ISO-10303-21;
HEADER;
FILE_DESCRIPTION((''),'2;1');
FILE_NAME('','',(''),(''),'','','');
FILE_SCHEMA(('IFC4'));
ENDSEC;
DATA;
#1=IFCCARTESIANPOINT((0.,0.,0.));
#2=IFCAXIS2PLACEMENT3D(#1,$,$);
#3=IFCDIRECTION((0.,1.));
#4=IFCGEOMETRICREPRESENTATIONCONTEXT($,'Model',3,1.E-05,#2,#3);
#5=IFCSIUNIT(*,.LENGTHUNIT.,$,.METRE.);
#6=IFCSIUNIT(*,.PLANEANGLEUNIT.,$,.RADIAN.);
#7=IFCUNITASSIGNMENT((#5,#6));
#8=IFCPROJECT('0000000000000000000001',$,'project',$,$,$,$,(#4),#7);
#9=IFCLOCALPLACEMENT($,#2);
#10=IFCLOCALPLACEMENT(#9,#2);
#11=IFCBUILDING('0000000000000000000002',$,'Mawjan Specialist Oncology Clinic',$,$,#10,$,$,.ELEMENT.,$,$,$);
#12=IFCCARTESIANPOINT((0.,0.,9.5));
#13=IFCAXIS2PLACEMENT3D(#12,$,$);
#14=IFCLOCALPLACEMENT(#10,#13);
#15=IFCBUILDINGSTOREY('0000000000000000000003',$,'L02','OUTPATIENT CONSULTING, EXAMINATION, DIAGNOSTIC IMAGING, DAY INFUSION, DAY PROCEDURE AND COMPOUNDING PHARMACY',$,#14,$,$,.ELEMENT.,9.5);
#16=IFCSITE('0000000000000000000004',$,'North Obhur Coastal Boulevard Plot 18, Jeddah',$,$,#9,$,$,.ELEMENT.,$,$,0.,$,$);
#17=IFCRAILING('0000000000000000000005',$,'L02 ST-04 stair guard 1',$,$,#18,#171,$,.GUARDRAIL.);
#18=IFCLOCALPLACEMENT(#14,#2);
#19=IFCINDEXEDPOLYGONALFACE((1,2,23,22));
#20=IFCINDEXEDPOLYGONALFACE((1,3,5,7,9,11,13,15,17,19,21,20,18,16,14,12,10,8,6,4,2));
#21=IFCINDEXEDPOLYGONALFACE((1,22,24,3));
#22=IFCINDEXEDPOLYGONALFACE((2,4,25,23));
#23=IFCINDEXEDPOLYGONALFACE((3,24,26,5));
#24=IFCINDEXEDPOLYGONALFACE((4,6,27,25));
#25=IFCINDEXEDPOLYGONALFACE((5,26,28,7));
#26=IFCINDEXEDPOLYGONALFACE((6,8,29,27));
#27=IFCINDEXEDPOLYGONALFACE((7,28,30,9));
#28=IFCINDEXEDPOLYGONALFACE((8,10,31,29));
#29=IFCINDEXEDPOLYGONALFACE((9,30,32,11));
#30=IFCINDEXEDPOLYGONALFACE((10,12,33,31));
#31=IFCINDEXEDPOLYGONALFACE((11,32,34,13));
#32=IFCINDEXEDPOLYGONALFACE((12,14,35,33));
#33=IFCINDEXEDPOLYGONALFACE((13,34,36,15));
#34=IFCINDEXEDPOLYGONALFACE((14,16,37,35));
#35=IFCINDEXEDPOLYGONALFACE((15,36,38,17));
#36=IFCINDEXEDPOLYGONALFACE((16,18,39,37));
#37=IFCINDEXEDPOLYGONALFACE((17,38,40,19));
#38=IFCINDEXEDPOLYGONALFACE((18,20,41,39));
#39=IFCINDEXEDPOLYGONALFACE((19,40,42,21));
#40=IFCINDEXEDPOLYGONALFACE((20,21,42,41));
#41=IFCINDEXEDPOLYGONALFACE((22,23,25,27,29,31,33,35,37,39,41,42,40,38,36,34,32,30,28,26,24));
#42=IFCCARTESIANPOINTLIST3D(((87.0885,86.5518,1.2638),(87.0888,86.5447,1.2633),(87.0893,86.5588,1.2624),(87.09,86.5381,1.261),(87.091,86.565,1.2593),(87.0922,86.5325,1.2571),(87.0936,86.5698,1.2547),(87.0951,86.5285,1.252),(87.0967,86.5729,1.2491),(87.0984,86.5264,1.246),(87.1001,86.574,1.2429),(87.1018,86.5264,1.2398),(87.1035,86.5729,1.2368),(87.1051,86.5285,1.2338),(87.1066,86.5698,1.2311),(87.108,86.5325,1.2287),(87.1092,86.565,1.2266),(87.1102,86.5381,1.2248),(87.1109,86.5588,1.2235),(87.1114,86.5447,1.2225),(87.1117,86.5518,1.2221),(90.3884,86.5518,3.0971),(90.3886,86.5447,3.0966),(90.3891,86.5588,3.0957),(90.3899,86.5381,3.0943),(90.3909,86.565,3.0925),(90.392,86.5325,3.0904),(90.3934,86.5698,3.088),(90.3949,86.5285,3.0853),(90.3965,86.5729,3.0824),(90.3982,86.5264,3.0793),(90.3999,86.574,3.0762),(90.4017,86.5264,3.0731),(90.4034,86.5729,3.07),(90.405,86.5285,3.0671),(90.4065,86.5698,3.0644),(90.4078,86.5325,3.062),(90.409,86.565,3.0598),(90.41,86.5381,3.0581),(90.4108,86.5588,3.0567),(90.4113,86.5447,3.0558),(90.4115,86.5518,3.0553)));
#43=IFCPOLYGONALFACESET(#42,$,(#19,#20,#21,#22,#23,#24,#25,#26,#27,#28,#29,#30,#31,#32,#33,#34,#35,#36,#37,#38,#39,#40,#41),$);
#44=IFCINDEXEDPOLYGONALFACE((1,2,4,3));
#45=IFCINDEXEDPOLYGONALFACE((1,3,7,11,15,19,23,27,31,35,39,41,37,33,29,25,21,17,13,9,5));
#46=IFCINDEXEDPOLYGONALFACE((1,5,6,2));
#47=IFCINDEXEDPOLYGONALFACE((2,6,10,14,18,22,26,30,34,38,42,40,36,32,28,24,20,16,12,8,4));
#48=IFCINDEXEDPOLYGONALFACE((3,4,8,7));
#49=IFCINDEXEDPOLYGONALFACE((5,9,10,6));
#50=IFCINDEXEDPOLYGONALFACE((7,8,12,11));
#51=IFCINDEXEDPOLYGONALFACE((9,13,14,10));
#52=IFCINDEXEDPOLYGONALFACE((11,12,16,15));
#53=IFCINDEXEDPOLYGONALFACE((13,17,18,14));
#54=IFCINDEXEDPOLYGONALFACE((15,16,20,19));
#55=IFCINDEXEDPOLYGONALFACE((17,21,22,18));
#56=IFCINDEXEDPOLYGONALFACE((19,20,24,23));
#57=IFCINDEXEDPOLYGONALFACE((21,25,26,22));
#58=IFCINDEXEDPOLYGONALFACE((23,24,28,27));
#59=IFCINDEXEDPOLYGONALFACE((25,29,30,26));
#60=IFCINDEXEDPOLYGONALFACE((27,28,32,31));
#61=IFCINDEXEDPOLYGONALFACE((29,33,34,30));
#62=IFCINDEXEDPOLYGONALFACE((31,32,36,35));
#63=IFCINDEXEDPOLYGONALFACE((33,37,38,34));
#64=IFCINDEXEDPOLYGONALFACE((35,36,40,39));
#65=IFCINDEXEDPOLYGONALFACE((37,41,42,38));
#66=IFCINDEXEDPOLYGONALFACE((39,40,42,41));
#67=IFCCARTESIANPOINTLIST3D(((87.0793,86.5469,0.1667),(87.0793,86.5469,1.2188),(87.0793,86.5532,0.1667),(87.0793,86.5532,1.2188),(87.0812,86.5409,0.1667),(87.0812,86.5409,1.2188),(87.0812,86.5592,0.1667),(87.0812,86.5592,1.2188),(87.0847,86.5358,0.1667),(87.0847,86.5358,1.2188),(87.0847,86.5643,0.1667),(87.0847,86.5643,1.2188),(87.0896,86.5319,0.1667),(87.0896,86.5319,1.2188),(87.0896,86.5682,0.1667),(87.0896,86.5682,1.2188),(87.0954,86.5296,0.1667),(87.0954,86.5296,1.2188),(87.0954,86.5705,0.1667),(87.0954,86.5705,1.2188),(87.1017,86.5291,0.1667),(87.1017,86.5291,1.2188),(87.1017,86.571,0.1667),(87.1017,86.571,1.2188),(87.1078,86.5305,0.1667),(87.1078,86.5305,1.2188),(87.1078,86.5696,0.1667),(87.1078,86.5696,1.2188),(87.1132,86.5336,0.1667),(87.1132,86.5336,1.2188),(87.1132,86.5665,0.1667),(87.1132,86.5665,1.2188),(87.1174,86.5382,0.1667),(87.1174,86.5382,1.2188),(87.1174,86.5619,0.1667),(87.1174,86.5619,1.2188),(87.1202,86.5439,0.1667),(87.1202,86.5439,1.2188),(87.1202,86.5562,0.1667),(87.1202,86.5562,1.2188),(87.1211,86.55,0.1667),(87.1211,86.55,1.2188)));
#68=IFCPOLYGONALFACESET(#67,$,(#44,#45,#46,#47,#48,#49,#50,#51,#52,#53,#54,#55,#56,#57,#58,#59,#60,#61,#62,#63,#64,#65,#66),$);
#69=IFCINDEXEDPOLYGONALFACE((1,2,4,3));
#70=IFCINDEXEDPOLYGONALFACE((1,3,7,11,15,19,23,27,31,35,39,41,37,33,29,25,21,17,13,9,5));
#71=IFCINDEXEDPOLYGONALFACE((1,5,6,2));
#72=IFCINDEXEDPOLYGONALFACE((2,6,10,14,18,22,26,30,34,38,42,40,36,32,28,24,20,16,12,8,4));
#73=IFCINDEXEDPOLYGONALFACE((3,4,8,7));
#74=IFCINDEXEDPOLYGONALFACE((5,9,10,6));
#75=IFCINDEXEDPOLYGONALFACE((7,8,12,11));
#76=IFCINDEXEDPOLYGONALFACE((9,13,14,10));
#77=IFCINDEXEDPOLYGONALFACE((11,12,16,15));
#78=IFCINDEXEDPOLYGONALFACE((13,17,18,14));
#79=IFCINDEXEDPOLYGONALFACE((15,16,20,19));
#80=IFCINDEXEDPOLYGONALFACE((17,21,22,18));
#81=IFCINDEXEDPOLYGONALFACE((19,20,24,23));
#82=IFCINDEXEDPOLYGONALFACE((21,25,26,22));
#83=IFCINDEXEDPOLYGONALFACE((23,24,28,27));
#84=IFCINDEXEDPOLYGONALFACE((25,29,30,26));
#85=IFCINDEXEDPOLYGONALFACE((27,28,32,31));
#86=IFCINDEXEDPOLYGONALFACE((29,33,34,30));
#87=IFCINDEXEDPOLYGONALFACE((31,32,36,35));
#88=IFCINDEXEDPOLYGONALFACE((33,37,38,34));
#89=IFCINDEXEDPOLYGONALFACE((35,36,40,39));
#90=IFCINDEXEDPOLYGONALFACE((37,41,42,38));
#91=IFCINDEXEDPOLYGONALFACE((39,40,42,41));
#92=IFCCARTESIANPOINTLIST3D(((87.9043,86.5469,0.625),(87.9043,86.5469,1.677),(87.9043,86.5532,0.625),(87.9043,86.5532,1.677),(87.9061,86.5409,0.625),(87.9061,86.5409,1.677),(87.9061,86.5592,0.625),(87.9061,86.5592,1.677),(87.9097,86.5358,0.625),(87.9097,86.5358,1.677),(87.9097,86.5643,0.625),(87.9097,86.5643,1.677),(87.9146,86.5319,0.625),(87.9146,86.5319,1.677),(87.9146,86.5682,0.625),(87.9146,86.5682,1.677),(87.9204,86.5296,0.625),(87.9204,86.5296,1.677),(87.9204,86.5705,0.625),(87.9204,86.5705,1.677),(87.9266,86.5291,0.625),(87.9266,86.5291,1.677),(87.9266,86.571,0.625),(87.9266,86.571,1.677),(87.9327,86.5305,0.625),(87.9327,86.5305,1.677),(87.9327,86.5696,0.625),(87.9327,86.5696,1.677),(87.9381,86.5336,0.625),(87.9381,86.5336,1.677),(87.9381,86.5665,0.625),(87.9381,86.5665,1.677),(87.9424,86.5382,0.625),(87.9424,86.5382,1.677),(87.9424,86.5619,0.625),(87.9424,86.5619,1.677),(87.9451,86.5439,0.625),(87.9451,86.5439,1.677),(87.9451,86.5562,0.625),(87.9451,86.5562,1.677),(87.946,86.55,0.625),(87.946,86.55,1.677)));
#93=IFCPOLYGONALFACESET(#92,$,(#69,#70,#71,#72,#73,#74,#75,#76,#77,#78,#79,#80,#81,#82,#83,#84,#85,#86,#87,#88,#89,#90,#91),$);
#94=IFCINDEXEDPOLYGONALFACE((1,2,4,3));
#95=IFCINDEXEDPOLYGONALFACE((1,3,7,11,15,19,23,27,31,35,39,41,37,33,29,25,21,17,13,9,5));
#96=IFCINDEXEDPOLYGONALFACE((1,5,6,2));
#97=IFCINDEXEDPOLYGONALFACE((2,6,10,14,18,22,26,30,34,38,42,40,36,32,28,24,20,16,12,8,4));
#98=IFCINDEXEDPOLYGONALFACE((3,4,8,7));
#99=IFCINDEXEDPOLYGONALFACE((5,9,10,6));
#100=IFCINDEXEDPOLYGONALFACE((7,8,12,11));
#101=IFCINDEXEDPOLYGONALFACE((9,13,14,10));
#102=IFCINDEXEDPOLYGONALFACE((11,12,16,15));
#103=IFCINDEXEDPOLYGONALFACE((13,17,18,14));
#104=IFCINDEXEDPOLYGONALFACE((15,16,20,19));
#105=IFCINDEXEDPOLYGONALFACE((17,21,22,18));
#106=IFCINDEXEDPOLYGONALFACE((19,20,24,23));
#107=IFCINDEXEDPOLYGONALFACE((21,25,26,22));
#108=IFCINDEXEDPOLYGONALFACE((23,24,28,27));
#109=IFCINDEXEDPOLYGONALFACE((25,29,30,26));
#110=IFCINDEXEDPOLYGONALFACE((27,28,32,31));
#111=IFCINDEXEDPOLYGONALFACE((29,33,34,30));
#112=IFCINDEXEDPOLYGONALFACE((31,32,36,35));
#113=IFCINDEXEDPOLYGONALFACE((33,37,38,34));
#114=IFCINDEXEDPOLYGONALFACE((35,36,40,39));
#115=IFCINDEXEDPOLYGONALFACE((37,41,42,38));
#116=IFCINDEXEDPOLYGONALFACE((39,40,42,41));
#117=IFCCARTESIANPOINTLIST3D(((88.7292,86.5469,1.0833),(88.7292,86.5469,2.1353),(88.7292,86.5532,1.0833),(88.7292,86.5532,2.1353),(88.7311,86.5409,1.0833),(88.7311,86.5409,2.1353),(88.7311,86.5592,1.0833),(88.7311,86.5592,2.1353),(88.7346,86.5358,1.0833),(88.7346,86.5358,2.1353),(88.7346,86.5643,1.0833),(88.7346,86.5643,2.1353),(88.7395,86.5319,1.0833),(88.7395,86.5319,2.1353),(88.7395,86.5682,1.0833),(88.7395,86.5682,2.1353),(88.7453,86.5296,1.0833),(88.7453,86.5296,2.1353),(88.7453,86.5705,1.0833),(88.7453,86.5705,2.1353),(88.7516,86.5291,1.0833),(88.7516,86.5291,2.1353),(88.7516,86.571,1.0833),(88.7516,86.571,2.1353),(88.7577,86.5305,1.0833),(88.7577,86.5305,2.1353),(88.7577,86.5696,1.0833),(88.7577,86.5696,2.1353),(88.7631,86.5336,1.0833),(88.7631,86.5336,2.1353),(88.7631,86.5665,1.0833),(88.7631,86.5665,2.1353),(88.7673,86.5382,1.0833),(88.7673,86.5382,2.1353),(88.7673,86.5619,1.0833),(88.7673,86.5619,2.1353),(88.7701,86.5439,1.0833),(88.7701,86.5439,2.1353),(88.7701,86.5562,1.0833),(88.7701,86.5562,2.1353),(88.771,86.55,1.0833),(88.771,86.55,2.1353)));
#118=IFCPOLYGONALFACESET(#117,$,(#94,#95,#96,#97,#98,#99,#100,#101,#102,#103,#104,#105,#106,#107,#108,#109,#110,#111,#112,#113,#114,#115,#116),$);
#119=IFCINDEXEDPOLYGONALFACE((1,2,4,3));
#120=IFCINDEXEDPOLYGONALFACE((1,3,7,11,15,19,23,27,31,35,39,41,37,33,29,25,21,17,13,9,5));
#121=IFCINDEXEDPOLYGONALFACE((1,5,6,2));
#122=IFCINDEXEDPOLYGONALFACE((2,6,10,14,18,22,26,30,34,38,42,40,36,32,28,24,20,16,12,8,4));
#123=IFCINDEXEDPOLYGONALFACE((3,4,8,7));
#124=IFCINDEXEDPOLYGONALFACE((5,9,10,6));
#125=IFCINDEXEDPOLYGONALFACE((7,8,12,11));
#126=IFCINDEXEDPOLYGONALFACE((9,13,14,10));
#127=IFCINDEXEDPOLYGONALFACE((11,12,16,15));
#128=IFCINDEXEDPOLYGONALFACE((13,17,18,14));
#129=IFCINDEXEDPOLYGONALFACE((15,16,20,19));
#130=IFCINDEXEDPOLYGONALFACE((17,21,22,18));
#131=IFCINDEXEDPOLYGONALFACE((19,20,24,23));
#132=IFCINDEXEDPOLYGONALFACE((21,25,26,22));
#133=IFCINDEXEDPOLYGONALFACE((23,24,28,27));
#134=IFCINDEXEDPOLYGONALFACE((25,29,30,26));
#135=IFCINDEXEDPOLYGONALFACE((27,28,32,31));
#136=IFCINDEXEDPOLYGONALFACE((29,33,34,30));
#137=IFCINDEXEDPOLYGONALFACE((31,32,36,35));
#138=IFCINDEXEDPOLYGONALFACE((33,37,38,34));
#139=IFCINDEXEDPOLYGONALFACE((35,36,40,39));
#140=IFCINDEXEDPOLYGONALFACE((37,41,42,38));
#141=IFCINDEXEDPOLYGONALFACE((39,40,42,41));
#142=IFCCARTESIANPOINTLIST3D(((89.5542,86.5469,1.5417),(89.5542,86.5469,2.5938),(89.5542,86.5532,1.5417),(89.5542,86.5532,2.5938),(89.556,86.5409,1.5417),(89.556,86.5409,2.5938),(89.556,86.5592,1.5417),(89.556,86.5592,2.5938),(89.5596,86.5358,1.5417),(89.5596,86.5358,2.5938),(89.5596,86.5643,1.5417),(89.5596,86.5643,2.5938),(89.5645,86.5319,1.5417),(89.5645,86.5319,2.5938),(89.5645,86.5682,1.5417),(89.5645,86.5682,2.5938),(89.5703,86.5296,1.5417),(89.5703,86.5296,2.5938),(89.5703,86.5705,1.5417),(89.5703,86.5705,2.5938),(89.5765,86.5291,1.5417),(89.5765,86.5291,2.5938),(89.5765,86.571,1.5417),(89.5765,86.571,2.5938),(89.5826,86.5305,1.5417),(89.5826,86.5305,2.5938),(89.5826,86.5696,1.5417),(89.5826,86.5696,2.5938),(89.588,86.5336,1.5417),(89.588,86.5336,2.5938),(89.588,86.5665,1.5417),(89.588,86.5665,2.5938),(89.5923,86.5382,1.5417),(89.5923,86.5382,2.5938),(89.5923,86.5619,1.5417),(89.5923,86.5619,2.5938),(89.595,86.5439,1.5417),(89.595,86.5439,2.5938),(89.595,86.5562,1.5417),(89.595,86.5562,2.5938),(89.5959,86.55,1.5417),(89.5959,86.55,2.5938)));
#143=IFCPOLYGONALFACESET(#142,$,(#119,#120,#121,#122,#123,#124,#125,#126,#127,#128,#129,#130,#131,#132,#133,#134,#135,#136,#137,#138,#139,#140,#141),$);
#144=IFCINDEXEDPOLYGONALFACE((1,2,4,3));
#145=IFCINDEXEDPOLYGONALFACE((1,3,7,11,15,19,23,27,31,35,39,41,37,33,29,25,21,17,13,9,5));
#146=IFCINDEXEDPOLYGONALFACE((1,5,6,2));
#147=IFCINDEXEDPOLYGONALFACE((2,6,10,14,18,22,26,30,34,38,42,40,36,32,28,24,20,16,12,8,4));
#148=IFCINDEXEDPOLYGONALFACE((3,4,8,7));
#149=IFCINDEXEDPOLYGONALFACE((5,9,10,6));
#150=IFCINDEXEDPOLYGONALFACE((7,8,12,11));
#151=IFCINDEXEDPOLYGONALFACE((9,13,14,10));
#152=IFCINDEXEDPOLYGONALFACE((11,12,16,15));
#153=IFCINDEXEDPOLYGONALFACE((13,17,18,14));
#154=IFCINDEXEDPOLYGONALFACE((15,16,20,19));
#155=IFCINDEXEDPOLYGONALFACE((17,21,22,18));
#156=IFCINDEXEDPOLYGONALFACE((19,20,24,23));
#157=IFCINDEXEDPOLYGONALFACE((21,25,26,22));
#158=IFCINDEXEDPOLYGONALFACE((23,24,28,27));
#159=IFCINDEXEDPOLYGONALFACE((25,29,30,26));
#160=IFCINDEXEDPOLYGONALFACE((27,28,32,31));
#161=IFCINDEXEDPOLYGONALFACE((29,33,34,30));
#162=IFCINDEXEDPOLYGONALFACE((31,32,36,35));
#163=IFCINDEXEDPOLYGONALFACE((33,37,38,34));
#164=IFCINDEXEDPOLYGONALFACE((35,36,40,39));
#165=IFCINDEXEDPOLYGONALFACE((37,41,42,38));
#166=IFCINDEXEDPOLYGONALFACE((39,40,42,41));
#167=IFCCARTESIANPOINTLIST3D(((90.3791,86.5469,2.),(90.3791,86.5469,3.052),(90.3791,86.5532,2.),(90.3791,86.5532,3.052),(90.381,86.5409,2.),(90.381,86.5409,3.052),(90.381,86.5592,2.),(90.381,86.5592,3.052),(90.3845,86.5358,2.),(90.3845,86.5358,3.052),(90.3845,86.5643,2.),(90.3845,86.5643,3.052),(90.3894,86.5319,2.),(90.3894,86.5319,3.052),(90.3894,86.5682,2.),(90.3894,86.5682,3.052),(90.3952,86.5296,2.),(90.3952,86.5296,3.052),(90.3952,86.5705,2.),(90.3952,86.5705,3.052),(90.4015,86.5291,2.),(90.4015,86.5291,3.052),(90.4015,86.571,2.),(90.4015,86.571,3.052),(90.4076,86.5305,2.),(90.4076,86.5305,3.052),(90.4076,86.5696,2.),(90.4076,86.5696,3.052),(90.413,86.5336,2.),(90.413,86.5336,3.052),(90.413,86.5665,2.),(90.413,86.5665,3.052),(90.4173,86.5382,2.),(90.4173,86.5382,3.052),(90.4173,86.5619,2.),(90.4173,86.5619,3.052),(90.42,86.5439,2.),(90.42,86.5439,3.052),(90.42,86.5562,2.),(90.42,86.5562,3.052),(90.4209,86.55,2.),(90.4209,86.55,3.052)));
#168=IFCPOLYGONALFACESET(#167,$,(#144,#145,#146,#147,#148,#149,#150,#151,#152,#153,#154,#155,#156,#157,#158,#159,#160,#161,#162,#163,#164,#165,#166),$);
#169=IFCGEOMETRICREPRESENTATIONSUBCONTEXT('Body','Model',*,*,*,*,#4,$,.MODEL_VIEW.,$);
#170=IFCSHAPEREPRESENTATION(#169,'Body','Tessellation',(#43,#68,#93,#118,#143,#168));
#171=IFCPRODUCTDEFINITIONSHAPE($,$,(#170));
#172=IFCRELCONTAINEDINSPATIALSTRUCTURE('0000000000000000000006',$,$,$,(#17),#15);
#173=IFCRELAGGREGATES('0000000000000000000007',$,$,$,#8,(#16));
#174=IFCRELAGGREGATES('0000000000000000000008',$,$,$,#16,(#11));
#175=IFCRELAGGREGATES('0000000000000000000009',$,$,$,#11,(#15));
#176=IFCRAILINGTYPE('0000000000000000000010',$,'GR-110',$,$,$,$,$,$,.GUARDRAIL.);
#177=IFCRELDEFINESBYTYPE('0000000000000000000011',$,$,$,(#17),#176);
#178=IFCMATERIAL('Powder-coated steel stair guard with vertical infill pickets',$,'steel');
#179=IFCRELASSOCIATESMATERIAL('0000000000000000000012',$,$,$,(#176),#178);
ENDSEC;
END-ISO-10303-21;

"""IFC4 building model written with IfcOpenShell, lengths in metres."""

from ifc_helpers import new_model, si_unit, direction, frame, origin, origin_2d, place, context, subcontext, project, spatial, circle, extrude, material, type_object, element, save


model = new_model("IFC4")

# Units and contexts
model_context = context("Model", 3, precision=1e-05, world=origin(), true_north=direction((0.0, 1.0)))
body_context = subcontext(model_context, "Body", "Model", "MODEL_VIEW")
ifc_project = project(units=[si_unit("LENGTHUNIT", "METRE"), si_unit("PLANEANGLEUNIT", "RADIAN")], contexts=[model_context])

# Site, building, storey
site_placement = place(None, origin())
site = spatial("IfcSite", under=ifc_project, at=site_placement, Name="North Obhur Coastal Boulevard Plot 18, Jeddah", CompositionType="ELEMENT", RefElevation=0.0)
building_placement = place(site_placement, origin())
building = spatial("IfcBuilding", under=site, at=building_placement, Name="Mawjan Specialist Oncology Clinic", CompositionType="ELEMENT")
storey_placement = place(building_placement, frame((0.0, 0.0, 9.5)))
storey = spatial("IfcBuildingStorey", under=building, at=storey_placement, Name="L02", Description="OUTPATIENT CONSULTING, EXAMINATION, DIAGNOSTIC IMAGING, DAY INFUSION, DAY PROCEDURE AND COMPOUNDING PHARMACY", CompositionType="ELEMENT", Elevation=9.5)

# Railing
ifc_material_1 = material(Name="Powder-coated steel stair guard with vertical infill pickets", Category="steel")
railing_type_1 = type_object("IfcRailingType", Name="GR-110", PredefinedType="GUARDRAIL", material=ifc_material_1)
railing_1_placement = place(storey_placement, frame((87.1001, 86.55, 0.1667)))
element("IfcRailing", 1, at=railing_1_placement, inside=storey, type_object=railing_type_1, Name="L02 ST-04 stair guard 1", PredefinedType="GUARDRAIL", context=body_context, shape_type="SweptSolid", body=[
    extrude(circle(Radius=0.0239, at=origin_2d()), frame((0.0, 0.0, 1.0762), z_axis=(0.874154, 0.0, 0.485648), x_axis=(0.0, 1.0, 0.0)), (0.0, 0.0, 1.0), 3.7749),
    extrude(circle(Radius=0.021, at=origin_2d()), origin(), (0.0, 0.0, 1.0), 1.052),
    extrude(circle(Radius=0.021, at=origin_2d()), frame((0.825, 0.0, 0.4583)), (0.0, 0.0, 1.0), 1.052),
    extrude(circle(Radius=0.021, at=origin_2d()), frame((1.6499, 0.0, 0.9165)), (0.0, 0.0, 1.0), 1.052),
    extrude(circle(Radius=0.021, at=origin_2d()), frame((2.4749, 0.0, 1.375)), (0.0, 0.0, 1.0), 1.052),
    extrude(circle(Radius=0.021, at=origin_2d()), frame((3.2998, 0.0, 1.8333)), (0.0, 0.0, 1.0), 1.052),
])

save(model, "model.ifc")
